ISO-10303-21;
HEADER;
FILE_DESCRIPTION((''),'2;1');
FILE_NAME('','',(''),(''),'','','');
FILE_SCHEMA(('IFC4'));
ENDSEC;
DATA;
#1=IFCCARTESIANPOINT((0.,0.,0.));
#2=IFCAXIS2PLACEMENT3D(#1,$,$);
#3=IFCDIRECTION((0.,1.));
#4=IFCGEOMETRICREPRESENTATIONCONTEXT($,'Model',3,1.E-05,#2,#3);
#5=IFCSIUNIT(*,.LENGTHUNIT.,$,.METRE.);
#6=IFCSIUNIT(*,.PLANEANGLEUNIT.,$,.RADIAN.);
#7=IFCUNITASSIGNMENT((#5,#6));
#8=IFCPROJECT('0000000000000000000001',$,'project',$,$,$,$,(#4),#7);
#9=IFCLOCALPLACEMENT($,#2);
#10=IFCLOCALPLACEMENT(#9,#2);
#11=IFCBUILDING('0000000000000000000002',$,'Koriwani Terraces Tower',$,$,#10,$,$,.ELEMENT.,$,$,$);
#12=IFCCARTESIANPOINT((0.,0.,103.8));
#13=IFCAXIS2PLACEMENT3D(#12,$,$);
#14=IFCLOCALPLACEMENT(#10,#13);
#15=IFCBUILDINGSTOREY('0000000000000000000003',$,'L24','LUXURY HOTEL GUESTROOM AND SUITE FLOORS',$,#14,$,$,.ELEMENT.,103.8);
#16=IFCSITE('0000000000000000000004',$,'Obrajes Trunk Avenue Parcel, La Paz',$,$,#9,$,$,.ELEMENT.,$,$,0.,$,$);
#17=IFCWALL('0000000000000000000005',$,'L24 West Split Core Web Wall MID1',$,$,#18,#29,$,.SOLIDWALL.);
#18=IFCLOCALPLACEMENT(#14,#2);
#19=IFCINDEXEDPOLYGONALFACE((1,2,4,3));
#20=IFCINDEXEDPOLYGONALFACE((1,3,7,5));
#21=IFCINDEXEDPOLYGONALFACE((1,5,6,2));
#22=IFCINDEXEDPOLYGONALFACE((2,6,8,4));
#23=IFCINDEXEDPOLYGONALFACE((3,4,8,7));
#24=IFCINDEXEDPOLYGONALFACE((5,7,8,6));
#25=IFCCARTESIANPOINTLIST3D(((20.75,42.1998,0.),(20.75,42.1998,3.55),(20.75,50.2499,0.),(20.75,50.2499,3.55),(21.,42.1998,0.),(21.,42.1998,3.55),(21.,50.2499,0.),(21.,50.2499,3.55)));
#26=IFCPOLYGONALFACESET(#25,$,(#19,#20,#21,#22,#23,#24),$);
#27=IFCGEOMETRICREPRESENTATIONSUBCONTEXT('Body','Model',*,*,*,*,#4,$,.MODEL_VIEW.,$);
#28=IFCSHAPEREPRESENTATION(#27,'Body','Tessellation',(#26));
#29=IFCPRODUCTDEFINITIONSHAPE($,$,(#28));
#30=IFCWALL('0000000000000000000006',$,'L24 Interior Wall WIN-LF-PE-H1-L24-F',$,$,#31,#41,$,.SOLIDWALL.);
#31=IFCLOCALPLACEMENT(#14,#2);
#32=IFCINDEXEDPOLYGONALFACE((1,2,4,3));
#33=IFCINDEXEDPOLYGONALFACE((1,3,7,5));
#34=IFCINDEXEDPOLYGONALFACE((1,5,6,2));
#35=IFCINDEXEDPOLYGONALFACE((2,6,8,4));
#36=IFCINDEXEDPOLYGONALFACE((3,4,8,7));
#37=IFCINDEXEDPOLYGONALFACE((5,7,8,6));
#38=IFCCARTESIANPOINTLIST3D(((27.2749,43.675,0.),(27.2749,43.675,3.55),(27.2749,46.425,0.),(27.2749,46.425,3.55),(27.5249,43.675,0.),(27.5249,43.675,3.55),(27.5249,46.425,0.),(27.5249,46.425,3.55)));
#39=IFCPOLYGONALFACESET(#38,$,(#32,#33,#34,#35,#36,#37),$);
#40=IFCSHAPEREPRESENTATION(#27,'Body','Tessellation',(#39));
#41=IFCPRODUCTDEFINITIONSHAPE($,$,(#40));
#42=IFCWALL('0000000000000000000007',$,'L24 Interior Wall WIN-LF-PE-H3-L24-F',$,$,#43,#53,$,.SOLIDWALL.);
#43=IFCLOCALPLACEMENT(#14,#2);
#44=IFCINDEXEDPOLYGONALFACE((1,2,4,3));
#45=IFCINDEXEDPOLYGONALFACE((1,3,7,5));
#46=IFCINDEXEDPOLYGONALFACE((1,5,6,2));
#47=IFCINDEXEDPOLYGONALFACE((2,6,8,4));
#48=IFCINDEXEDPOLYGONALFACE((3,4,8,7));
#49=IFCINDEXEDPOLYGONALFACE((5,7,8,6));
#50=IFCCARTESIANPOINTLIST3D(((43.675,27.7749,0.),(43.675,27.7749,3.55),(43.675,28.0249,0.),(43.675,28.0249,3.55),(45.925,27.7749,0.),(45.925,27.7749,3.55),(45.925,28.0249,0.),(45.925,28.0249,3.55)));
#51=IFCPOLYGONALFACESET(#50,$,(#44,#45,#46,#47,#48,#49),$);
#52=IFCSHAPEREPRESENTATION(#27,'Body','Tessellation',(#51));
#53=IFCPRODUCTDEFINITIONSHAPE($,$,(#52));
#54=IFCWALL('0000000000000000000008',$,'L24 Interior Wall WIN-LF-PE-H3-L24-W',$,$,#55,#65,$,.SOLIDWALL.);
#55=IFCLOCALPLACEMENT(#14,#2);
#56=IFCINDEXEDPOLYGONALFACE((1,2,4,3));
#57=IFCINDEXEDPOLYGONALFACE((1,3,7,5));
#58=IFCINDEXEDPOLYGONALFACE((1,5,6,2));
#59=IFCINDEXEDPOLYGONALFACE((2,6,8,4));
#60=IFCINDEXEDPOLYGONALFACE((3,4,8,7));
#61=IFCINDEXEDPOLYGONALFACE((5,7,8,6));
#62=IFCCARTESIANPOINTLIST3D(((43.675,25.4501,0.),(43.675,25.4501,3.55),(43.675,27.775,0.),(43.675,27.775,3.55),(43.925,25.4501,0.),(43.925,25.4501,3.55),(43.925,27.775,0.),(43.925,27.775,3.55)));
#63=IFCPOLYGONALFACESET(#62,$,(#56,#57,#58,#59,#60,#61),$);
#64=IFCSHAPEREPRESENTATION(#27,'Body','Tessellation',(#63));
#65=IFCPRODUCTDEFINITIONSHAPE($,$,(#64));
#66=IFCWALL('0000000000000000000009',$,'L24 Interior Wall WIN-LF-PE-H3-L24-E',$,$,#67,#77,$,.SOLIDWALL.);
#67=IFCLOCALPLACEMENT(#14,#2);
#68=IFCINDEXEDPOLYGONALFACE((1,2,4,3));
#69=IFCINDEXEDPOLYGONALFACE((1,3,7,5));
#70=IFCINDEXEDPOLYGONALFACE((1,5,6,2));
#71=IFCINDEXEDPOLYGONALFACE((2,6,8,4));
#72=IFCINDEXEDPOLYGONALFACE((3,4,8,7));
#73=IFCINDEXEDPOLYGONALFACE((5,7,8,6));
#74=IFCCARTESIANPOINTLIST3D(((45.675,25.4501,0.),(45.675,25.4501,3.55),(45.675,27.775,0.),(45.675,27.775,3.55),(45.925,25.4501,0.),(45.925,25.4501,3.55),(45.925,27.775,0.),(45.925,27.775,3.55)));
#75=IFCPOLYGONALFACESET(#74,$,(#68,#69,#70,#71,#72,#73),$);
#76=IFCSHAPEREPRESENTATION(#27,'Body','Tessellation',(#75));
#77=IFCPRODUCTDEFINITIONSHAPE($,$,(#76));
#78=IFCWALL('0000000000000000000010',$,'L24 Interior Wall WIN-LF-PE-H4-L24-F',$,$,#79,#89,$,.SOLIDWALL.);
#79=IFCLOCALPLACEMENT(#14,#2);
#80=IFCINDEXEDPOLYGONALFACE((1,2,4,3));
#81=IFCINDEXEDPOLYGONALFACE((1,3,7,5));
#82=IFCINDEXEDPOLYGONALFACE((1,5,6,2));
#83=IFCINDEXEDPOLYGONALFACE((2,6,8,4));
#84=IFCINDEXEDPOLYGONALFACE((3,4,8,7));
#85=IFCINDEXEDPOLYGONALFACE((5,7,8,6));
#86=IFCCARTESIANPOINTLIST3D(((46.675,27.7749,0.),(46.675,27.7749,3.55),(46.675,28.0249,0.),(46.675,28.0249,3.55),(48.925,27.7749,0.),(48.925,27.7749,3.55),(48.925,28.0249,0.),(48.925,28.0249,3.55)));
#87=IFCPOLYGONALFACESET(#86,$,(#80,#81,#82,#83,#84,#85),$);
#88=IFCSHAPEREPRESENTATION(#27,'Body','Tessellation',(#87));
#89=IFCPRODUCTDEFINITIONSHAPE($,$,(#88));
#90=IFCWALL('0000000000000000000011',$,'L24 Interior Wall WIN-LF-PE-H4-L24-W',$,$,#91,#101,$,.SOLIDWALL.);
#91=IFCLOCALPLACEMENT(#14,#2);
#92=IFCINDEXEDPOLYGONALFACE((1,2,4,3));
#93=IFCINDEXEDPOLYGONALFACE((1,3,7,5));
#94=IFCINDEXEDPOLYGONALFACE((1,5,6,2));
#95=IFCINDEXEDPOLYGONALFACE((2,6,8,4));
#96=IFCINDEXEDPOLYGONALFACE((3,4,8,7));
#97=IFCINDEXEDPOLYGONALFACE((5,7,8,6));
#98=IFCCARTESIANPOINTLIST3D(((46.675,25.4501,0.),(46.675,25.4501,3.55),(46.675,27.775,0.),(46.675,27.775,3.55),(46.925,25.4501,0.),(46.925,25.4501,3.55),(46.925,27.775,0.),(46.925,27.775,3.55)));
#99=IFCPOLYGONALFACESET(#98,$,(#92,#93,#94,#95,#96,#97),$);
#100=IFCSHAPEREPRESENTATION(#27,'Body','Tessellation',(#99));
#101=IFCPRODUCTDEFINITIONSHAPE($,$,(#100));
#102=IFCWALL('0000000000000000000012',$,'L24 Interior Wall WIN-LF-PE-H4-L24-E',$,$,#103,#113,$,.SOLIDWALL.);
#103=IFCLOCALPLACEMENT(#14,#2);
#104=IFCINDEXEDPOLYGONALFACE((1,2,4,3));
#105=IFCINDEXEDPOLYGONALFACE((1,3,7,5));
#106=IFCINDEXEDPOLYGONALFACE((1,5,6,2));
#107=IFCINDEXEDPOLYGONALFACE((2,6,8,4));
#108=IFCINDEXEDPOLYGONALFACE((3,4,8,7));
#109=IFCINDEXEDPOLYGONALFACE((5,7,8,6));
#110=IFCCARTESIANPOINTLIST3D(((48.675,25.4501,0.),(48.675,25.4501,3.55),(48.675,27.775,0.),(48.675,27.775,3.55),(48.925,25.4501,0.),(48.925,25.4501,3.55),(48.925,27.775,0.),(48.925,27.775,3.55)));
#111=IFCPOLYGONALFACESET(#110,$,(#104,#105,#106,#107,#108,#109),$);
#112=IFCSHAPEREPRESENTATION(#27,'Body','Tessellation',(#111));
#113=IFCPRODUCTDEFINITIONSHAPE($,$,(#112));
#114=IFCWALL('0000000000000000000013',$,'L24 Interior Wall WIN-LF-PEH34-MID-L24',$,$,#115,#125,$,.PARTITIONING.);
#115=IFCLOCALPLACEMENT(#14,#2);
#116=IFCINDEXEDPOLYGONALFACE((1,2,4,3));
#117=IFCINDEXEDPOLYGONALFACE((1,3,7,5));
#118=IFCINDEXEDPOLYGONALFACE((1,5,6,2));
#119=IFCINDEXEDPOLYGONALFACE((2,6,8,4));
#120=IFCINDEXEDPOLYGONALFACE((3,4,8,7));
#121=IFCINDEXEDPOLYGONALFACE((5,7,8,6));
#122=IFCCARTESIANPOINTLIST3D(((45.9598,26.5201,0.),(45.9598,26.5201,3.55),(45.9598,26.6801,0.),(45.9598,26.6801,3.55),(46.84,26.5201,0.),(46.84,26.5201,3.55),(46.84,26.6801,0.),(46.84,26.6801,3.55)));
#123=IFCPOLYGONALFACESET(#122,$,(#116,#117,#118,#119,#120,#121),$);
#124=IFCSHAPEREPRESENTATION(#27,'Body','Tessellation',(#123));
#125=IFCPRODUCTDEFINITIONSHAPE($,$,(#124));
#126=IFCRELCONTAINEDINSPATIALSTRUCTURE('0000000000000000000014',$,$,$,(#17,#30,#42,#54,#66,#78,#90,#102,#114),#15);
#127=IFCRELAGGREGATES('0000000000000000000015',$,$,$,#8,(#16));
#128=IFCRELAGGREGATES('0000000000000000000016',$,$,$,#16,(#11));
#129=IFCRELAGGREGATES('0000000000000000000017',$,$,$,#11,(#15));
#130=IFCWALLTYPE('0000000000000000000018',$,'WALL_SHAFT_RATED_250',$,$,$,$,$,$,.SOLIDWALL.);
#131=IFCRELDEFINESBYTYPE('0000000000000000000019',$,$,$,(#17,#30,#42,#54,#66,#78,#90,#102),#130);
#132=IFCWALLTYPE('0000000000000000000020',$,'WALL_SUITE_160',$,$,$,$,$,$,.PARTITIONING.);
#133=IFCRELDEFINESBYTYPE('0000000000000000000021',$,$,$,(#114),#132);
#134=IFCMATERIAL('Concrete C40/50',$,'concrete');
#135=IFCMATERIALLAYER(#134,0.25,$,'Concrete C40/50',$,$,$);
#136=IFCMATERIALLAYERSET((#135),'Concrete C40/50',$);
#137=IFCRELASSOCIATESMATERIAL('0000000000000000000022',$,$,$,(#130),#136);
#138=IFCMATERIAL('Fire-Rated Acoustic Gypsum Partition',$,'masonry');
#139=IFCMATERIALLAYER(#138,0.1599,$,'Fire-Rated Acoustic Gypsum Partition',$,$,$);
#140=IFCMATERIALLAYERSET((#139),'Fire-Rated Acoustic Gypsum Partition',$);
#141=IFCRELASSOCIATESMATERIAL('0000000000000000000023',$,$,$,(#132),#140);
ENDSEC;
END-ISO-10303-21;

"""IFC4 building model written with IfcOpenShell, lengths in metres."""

from ifc_helpers import new_model, si_unit, direction, frame, frame_2d, origin, place, context, subcontext, project, spatial, rectangle, extrude, material, layer, layer_set, type_object, element, save


model = new_model("IFC4")

# Units and contexts
model_context = context("Model", 3, precision=1e-05, world=origin(), true_north=direction((0.0, 1.0)))
body_context = subcontext(model_context, "Body", "Model", "MODEL_VIEW")
ifc_project = project(units=[si_unit("LENGTHUNIT", "METRE"), si_unit("PLANEANGLEUNIT", "RADIAN")], contexts=[model_context])

# Site, building, storey
site_placement = place(None, origin())
site = spatial("IfcSite", under=ifc_project, at=site_placement, Name="Obrajes Trunk Avenue Parcel, La Paz", CompositionType="ELEMENT", RefElevation=0.0)
building_placement = place(site_placement, origin())
building = spatial("IfcBuilding", under=site, at=building_placement, Name="Koriwani Terraces Tower", CompositionType="ELEMENT")
storey_placement = place(building_placement, frame((0.0, 0.0, 103.8)))
storey = spatial("IfcBuildingStorey", under=building, at=storey_placement, Name="L24", Description="LUXURY HOTEL GUESTROOM AND SUITE FLOORS", CompositionType="ELEMENT", Elevation=103.8)

# Shared definitions
ifc_material_1 = material(Name="Concrete C40/50", Category="concrete")

# Walls
ifc_layer_1 = layer(ifc_material_1, 0.25, Name="Concrete C40/50")
ifc_layer_set_1 = layer_set([ifc_layer_1], Name="Concrete C40/50")
wall_type_1 = type_object("IfcWallType", Name="WALL_SHAFT_RATED_250", PredefinedType="SOLIDWALL", material=ifc_layer_set_1)
wall_1_placement = place(storey_placement, frame((20.875, 42.2, 0.0), z_axis=(0.0, 0.0, 1.0), x_axis=(0.0, 1.0, 0.0)))
element("IfcWall", 1, at=wall_1_placement, inside=storey, type_object=wall_type_1, Name="L24 West Split Core Web Wall MID1", PredefinedType="SOLIDWALL", context=body_context, shape_type="SweptSolid", body=[
    extrude(rectangle(XDim=8.05, YDim=0.25, at=frame_2d((4.0249, 0.0))), origin(), (0.0, 0.0, 1.0), 3.55),
])
wall_2_placement = place(storey_placement, frame((27.3999, 43.675, 0.0), z_axis=(0.0, 0.0, 1.0), x_axis=(0.0, 1.0, 0.0)))
element("IfcWall", 2, at=wall_2_placement, inside=storey, type_object=wall_type_1, Name="L24 Interior Wall WIN-LF-PE-H1-L24-F", PredefinedType="SOLIDWALL", context=body_context, shape_type="SweptSolid", body=[
    extrude(rectangle(XDim=2.75, YDim=0.25, at=frame_2d((1.375, 0.0))), origin(), (0.0, 0.0, 1.0), 3.55),
])
wall_3_placement = place(storey_placement, frame((43.675, 27.8999, 0.0), z_axis=(0.0, 0.0, 1.0), x_axis=(1.0, 0.0, 0.0)))
element("IfcWall", 3, at=wall_3_placement, inside=storey, type_object=wall_type_1, Name="L24 Interior Wall WIN-LF-PE-H3-L24-F", PredefinedType="SOLIDWALL", context=body_context, shape_type="SweptSolid", body=[
    extrude(rectangle(XDim=2.25, YDim=0.25, at=frame_2d((1.125, 0.0))), origin(), (0.0, 0.0, 1.0), 3.55),
])
for number, where, z_axis, x_axis, name in (
    (4, (43.8, 25.45, 0.0), (0.0, 0.0, 1.0), (0.0, 1.0, 0.0), "L24 Interior Wall WIN-LF-PE-H3-L24-W"),
    (5, (45.8, 25.45, 0.0), (0.0, 0.0, 1.0), (0.0, 1.0, 0.0), "L24 Interior Wall WIN-LF-PE-H3-L24-E"),
):
    element("IfcWall", number, at=place(storey_placement, frame(where, z_axis=z_axis, x_axis=x_axis)), inside=storey, type_object=wall_type_1, Name=name, PredefinedType="SOLIDWALL", context=body_context, shape_type="SweptSolid", body=[
        extrude(rectangle(XDim=2.325, YDim=0.25, at=frame_2d((1.1626, 0.0))), origin(), (0.0, 0.0, 1.0), 3.55),
    ])
wall_4_placement = place(storey_placement, frame((46.675, 27.8999, 0.0), z_axis=(0.0, 0.0, 1.0), x_axis=(1.0, 0.0, 0.0)))
element("IfcWall", 6, at=wall_4_placement, inside=storey, type_object=wall_type_1, Name="L24 Interior Wall WIN-LF-PE-H4-L24-F", PredefinedType="SOLIDWALL", context=body_context, shape_type="SweptSolid", body=[
    extrude(rectangle(XDim=2.25, YDim=0.25, at=frame_2d((1.125, 0.0))), origin(), (0.0, 0.0, 1.0), 3.55),
])
for number, where, z_axis, x_axis, name in (
    (7, (46.8, 25.45, 0.0), (0.0, 0.0, 1.0), (0.0, 1.0, 0.0), "L24 Interior Wall WIN-LF-PE-H4-L24-W"),
    (8, (48.8, 25.45, 0.0), (0.0, 0.0, 1.0), (0.0, 1.0, 0.0), "L24 Interior Wall WIN-LF-PE-H4-L24-E"),
):
    element("IfcWall", number, at=place(storey_placement, frame(where, z_axis=z_axis, x_axis=x_axis)), inside=storey, type_object=wall_type_1, Name=name, PredefinedType="SOLIDWALL", context=body_context, shape_type="SweptSolid", body=[
        extrude(rectangle(XDim=2.325, YDim=0.25, at=frame_2d((1.1626, 0.0))), origin(), (0.0, 0.0, 1.0), 3.55),
    ])
ifc_material_2 = material(Name="Fire-Rated Acoustic Gypsum Partition", Category="masonry")
ifc_layer_2 = layer(ifc_material_2, 0.1599, Name="Fire-Rated Acoustic Gypsum Partition")
ifc_layer_set_2 = layer_set([ifc_layer_2], Name="Fire-Rated Acoustic Gypsum Partition")
wall_type_2 = type_object("IfcWallType", Name="WALL_SUITE_160", PredefinedType="PARTITIONING", material=ifc_layer_set_2)
wall_5_placement = place(storey_placement, frame((45.96, 26.6001, 0.0), z_axis=(0.0, 0.0, 1.0), x_axis=(1.0, 0.0, 0.0)))
element("IfcWall", 9, at=wall_5_placement, inside=storey, type_object=wall_type_2, Name="L24 Interior Wall WIN-LF-PEH34-MID-L24", PredefinedType="PARTITIONING", context=body_context, shape_type="SweptSolid", body=[
    extrude(rectangle(XDim=0.8801, YDim=0.1599, at=frame_2d((0.4399, 0.0))), origin(), (0.0, 0.0, 1.0), 3.55),
])

save(model, "model.ifc")
